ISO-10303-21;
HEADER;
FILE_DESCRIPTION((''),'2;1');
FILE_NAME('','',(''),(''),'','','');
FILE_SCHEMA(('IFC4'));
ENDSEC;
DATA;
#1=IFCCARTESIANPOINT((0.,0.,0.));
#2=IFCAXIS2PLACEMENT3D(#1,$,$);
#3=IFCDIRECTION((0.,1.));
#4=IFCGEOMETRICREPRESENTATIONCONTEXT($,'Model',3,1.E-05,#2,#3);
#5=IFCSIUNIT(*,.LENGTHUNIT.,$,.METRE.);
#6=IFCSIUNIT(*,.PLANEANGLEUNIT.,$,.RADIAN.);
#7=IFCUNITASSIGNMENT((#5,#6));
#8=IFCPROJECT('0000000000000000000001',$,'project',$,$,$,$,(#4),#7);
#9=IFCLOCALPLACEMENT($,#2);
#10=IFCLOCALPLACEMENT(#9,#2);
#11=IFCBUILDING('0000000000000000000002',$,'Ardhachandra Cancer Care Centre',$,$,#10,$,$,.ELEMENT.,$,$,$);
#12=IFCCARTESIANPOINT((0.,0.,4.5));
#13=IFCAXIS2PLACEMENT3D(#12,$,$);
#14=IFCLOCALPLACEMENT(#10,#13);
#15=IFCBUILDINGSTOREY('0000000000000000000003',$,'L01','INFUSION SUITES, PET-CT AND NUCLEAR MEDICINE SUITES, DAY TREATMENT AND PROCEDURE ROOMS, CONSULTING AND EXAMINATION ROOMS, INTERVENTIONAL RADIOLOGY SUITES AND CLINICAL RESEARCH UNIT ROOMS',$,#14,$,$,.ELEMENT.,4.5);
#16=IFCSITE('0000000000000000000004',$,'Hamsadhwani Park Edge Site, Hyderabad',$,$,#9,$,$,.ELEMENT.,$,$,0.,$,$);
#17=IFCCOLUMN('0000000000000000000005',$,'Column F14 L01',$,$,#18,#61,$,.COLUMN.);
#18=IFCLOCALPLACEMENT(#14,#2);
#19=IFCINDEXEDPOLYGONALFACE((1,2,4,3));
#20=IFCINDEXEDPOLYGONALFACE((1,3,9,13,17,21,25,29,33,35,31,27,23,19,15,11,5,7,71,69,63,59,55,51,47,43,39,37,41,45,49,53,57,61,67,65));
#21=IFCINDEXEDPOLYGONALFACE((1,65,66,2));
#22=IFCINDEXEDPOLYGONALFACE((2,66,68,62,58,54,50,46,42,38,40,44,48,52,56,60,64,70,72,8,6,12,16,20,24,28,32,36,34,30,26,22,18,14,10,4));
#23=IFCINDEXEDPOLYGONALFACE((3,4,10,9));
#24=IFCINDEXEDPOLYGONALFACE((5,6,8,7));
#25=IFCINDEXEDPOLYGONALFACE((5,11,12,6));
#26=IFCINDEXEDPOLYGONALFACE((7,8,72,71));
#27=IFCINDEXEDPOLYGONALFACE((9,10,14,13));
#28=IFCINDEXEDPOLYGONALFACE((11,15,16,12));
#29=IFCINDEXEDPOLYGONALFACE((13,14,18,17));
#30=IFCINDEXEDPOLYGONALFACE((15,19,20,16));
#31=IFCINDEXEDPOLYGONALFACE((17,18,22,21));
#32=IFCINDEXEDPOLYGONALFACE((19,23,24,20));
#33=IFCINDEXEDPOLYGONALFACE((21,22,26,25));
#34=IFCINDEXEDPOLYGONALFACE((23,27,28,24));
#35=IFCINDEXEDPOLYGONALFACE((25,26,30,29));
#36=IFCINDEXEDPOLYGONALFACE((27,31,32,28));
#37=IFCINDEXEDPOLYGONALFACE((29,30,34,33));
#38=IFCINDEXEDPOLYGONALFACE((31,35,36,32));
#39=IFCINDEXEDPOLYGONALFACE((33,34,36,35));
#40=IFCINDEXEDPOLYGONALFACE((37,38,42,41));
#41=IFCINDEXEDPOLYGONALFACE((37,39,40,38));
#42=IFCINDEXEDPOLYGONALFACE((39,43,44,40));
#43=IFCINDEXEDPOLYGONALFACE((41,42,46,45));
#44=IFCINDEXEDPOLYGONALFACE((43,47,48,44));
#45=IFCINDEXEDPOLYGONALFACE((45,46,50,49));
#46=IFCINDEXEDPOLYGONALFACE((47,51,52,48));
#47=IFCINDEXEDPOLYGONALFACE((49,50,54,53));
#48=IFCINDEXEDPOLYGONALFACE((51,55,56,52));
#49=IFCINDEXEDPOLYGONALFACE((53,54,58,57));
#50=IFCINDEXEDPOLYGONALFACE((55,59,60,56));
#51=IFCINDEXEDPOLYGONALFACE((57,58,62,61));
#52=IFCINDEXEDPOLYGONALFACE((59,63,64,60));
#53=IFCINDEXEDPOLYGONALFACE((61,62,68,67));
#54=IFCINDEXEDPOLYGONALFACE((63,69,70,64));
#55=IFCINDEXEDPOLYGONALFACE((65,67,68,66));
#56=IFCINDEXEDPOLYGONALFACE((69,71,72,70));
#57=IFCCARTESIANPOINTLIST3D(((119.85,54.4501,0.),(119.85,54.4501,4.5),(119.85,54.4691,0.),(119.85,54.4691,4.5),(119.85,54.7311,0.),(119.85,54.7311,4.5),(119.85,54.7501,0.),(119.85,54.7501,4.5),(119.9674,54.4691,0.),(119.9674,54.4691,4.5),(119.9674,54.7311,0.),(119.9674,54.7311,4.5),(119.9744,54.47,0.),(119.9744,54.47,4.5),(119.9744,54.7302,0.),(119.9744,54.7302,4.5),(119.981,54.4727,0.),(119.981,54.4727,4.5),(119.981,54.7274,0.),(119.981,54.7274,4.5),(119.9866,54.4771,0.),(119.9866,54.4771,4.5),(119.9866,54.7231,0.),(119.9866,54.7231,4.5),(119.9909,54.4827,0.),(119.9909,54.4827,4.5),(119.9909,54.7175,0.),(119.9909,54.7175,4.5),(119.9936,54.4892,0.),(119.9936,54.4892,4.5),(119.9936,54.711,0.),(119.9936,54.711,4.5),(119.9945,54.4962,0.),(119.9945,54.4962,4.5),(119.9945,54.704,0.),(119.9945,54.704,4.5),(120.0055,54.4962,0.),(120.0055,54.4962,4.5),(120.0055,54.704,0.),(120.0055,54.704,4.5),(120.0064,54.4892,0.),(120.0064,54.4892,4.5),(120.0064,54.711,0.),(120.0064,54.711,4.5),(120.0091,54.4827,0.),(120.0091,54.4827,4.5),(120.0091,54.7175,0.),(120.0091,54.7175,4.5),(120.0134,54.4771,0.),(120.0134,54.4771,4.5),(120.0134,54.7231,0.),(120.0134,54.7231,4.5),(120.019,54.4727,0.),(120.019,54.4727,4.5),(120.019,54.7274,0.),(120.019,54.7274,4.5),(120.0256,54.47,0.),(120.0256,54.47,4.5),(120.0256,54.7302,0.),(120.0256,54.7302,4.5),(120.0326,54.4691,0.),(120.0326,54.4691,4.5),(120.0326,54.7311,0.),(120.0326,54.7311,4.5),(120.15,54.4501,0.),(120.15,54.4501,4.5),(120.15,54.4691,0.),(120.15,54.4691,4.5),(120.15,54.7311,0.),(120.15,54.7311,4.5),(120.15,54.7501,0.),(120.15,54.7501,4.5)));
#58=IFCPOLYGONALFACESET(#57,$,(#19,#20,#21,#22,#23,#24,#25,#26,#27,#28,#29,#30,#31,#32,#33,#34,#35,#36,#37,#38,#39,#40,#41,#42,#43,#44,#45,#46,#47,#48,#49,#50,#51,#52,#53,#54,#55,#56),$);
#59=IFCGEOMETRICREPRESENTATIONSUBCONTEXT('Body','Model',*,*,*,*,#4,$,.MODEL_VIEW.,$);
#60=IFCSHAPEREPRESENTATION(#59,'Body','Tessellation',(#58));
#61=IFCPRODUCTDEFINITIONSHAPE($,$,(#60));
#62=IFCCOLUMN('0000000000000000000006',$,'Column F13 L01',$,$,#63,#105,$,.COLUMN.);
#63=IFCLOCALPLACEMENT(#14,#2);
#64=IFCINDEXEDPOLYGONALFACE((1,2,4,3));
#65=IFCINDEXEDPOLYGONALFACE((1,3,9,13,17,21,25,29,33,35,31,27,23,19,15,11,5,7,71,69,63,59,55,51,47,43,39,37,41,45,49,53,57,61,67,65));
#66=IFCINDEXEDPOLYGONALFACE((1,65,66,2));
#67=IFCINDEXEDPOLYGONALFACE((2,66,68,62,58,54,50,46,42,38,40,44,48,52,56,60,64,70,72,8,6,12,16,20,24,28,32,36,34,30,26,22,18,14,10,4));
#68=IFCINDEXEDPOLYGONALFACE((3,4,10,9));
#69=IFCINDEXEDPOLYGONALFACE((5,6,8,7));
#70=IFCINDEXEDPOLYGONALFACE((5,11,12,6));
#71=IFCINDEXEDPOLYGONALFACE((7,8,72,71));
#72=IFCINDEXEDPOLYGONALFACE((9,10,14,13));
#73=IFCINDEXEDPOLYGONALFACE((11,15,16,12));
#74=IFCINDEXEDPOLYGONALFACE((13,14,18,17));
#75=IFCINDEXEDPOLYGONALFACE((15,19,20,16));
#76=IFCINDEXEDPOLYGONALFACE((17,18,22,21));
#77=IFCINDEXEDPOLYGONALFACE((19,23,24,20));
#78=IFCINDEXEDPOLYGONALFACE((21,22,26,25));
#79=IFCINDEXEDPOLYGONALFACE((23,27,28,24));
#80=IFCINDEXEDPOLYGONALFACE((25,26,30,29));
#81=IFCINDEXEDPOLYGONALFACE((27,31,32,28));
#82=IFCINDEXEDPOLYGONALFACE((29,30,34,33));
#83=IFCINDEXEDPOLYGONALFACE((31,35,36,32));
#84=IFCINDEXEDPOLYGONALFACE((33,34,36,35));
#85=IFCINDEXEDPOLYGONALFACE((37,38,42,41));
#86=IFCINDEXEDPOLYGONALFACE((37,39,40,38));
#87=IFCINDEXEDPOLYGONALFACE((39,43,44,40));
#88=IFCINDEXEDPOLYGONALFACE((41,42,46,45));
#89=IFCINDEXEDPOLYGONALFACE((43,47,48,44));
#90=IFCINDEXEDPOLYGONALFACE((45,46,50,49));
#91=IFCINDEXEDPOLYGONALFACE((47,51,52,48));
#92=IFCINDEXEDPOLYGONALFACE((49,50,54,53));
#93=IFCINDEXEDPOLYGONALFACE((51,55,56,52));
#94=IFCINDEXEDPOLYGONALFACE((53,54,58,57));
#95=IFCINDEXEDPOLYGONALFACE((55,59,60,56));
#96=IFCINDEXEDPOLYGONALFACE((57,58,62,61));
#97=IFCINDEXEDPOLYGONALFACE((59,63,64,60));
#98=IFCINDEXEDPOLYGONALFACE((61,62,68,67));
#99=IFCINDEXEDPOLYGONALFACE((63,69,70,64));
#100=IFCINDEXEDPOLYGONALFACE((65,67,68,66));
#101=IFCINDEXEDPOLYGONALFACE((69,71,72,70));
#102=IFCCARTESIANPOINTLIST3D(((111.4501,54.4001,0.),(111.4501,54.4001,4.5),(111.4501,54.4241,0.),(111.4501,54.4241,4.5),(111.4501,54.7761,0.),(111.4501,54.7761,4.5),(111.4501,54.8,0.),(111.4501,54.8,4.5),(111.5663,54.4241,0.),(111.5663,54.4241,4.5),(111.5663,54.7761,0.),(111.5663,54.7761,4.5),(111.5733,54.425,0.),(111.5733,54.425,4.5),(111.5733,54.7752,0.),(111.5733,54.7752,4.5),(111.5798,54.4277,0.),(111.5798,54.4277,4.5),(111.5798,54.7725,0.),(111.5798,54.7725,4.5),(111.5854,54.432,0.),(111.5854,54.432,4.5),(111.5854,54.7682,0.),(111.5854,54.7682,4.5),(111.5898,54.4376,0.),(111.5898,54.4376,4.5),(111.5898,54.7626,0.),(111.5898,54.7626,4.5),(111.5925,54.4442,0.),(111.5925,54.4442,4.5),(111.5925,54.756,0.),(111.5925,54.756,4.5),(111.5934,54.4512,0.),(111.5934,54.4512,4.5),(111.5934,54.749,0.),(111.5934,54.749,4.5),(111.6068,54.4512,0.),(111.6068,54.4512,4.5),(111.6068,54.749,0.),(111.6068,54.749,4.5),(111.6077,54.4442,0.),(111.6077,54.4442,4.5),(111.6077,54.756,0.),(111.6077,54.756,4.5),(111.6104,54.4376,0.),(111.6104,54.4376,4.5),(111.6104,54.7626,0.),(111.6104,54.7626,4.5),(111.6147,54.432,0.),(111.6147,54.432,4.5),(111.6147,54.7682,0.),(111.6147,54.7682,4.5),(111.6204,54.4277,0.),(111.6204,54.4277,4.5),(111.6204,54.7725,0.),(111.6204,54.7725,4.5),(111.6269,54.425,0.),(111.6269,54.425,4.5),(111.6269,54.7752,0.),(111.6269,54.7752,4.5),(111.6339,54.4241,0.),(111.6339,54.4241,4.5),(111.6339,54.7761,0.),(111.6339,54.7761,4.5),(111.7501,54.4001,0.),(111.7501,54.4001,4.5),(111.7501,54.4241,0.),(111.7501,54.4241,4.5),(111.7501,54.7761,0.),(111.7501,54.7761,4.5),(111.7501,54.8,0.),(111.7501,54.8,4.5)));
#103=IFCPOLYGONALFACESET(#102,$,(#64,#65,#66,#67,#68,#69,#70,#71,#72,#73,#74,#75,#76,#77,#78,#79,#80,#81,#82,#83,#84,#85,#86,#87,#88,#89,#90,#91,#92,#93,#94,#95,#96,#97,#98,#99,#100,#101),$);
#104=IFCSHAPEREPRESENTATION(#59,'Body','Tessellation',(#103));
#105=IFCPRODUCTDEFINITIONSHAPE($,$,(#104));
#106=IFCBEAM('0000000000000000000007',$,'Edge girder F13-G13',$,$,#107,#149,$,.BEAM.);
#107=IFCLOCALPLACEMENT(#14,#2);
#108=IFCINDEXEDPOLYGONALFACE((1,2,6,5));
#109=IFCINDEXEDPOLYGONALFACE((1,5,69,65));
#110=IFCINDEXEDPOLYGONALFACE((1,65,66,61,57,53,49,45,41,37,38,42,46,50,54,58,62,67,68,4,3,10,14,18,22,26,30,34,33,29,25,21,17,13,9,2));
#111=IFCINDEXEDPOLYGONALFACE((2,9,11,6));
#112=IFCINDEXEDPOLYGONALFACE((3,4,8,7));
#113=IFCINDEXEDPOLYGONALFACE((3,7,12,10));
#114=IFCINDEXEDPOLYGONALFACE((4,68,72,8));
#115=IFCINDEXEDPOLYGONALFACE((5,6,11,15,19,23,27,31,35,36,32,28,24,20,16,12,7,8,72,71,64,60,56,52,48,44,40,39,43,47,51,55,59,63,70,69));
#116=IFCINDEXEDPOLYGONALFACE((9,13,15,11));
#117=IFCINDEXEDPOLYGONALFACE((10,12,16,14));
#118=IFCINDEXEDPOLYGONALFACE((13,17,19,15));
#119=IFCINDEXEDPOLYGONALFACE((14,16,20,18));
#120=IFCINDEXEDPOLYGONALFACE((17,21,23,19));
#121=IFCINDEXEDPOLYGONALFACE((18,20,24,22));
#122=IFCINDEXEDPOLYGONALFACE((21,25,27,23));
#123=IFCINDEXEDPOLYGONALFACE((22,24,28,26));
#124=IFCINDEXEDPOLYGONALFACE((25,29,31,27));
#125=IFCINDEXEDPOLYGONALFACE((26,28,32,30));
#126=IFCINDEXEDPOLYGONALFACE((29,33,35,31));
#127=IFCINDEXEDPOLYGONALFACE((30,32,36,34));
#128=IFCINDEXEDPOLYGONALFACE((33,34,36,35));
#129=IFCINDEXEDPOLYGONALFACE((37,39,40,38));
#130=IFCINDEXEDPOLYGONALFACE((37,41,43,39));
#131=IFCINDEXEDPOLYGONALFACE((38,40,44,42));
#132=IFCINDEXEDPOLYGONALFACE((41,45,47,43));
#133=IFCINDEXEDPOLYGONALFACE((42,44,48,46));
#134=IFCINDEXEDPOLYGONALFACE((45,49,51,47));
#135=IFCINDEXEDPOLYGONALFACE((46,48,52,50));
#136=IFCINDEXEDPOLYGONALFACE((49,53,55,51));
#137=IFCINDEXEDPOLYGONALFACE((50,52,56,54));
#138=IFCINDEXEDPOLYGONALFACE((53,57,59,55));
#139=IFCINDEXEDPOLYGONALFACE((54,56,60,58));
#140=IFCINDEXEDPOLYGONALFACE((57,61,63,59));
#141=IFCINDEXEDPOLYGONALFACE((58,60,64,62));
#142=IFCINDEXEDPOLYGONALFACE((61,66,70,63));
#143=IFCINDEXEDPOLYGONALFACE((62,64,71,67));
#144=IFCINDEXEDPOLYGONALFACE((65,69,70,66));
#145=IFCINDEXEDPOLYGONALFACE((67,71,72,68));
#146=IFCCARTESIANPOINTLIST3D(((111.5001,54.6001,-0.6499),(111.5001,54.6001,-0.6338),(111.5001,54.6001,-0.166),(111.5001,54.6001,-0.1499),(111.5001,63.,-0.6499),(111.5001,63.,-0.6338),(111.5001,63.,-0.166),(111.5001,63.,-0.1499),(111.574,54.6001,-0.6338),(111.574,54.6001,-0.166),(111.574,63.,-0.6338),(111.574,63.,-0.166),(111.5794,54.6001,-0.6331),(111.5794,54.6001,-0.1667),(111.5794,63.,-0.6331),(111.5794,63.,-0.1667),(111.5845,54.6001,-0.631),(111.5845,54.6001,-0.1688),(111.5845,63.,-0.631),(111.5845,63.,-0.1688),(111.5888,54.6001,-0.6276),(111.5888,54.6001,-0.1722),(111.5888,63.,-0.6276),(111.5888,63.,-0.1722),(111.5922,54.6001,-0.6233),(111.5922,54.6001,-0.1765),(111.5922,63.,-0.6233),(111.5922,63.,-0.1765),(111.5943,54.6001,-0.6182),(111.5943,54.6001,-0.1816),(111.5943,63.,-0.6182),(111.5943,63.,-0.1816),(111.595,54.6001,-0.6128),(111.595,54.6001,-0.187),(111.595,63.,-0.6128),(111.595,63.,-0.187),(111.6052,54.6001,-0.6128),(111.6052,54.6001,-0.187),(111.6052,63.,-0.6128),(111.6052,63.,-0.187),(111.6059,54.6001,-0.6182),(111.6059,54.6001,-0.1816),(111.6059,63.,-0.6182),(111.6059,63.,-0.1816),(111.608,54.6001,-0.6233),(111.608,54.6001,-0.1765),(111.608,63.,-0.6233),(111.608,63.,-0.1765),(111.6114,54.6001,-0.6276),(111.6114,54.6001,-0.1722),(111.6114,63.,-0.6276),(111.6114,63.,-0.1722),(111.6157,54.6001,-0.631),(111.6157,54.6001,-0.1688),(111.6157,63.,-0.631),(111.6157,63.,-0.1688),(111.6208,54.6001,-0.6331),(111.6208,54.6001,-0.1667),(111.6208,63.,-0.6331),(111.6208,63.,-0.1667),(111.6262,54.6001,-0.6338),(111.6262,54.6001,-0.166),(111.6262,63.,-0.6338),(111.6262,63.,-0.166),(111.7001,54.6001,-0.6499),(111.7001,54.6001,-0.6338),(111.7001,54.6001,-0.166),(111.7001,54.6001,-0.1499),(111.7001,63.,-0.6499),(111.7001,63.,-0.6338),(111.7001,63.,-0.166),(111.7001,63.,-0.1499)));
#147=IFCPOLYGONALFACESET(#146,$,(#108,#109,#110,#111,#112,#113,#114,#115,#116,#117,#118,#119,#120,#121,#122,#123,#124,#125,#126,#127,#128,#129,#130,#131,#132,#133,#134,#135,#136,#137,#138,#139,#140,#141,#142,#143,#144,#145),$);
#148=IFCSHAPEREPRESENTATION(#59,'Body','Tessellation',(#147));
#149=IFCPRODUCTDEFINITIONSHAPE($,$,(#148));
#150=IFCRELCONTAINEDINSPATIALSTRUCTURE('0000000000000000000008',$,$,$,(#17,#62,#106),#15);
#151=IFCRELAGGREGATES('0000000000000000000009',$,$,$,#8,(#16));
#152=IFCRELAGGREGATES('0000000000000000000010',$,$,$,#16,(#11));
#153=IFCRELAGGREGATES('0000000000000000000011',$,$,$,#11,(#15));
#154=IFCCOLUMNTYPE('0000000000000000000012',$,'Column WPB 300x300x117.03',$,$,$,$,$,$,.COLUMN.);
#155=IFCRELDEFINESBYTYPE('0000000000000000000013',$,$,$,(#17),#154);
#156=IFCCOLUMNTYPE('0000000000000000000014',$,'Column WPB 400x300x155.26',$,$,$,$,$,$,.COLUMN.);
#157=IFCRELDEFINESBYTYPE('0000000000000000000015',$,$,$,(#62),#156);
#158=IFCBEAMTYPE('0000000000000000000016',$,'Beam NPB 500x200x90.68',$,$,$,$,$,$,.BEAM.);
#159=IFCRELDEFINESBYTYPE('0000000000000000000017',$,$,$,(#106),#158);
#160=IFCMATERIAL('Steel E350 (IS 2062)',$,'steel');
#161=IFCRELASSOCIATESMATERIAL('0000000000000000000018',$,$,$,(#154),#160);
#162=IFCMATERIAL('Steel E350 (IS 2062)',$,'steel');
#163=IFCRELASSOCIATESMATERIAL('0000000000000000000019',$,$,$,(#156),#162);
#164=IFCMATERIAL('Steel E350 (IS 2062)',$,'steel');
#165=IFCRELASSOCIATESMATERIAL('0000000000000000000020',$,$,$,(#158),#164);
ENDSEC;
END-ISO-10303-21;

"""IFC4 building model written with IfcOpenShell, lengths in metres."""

from ifc_helpers import new_model, si_unit, direction, frame, origin, origin_2d, place, context, subcontext, project, spatial, i_section, extrude, material, material_profile, profile_set, type_object, element, save


model = new_model("IFC4")

# Units and contexts
model_context = context("Model", 3, precision=1e-05, world=origin(), true_north=direction((0.0, 1.0)))
body_context = subcontext(model_context, "Body", "Model", "MODEL_VIEW")
ifc_project = project(units=[si_unit("LENGTHUNIT", "METRE"), si_unit("PLANEANGLEUNIT", "RADIAN")], contexts=[model_context])

# Site, building, storey
site_placement = place(None, origin())
site = spatial("IfcSite", under=ifc_project, at=site_placement, Name="Hamsadhwani Park Edge Site, Hyderabad", CompositionType="ELEMENT", RefElevation=0.0)
building_placement = place(site_placement, origin())
building = spatial("IfcBuilding", under=site, at=building_placement, Name="Ardhachandra Cancer Care Centre", CompositionType="ELEMENT")
storey_placement = place(building_placement, frame((0.0, 0.0, 4.5)))
storey = spatial("IfcBuildingStorey", under=building, at=storey_placement, Name="L01", Description="INFUSION SUITES, PET-CT AND NUCLEAR MEDICINE SUITES, DAY TREATMENT AND PROCEDURE ROOMS, CONSULTING AND EXAMINATION ROOMS, INTERVENTIONAL RADIOLOGY SUITES AND CLINICAL RESEARCH UNIT ROOMS", CompositionType="ELEMENT", Elevation=4.5)

# Columns
ifc_material_1 = material(Name="Steel E350 (IS 2062)", Category="steel")
ifc_material_profile_1 = material_profile(ifc_material_1, i_section(OverallWidth=0.3, OverallDepth=0.3, WebThickness=0.011, FlangeThickness=0.019, FilletRadius=0.0271, at=origin_2d()), Name="WPB 300x300x117.03")
ifc_profile_set_1 = profile_set([ifc_material_profile_1], Name="Steel E350 (IS 2062)")
column_type_1 = type_object("IfcColumnType", Name="Column WPB 300x300x117.03", PredefinedType="COLUMN", material=ifc_profile_set_1)
column_1_placement = place(storey_placement, frame((120.0, 54.6001, 0.0), z_axis=(0.0, 0.0, 1.0), x_axis=(1.0, 0.0, 0.0)))
element("IfcColumn", 1, at=column_1_placement, inside=storey, type_object=column_type_1, Name="Column F14 L01", PredefinedType="COLUMN", context=body_context, shape_type="SweptSolid", body=[
    extrude(i_section(OverallWidth=0.3, OverallDepth=0.3, WebThickness=0.011, FlangeThickness=0.019, FilletRadius=0.0271, at=origin_2d()), origin(), (0.0, 0.0, 1.0), 4.5),
])
ifc_material_2 = material(Name="Steel E350 (IS 2062)", Category="steel")
ifc_material_profile_2 = material_profile(ifc_material_2, i_section(OverallWidth=0.3, OverallDepth=0.3999, WebThickness=0.0134, FlangeThickness=0.0239, FilletRadius=0.0271, at=origin_2d()), Name="WPB 400x300x155.26")
ifc_profile_set_2 = profile_set([ifc_material_profile_2], Name="Steel E350 (IS 2062)")
column_type_2 = type_object("IfcColumnType", Name="Column WPB 400x300x155.26", PredefinedType="COLUMN", material=ifc_profile_set_2)
column_2_placement = place(storey_placement, frame((111.6001, 54.6001, 0.0), z_axis=(0.0, 0.0, 1.0), x_axis=(1.0, 0.0, 0.0)))
element("IfcColumn", 2, at=column_2_placement, inside=storey, type_object=column_type_2, Name="Column F13 L01", PredefinedType="COLUMN", context=body_context, shape_type="SweptSolid", body=[
    extrude(i_section(OverallWidth=0.3, OverallDepth=0.3999, WebThickness=0.0134, FlangeThickness=0.0239, FilletRadius=0.0271, at=origin_2d()), origin(), (0.0, 0.0, 1.0), 4.5),
])

# Beam
ifc_material_3 = material(Name="Steel E350 (IS 2062)", Category="steel")
ifc_material_profile_3 = material_profile(ifc_material_3, i_section(OverallWidth=0.2, OverallDepth=0.5, WebThickness=0.0103, FlangeThickness=0.0161, FilletRadius=0.021, at=origin_2d()), Name="NPB 500x200x90.68")
ifc_profile_set_3 = profile_set([ifc_material_profile_3], Name="Steel E350 (IS 2062)")
beam_type_1 = type_object("IfcBeamType", Name="Beam NPB 500x200x90.68", PredefinedType="BEAM", material=ifc_profile_set_3)
beam_placement = place(storey_placement, frame((111.6001, 54.6001, -0.3999), z_axis=(0.0, 1.0, 0.0), x_axis=(-1.0, 0.0, 0.0)))
element("IfcBeam", 3, at=beam_placement, inside=storey, type_object=beam_type_1, Name="Edge girder F13-G13", PredefinedType="BEAM", context=body_context, shape_type="SweptSolid", body=[
    extrude(i_section(OverallWidth=0.2, OverallDepth=0.5, WebThickness=0.0103, FlangeThickness=0.0161, FilletRadius=0.021, at=origin_2d()), origin(), (0.0, 0.0, 1.0), 8.3999),
])

save(model, "model.ifc")
